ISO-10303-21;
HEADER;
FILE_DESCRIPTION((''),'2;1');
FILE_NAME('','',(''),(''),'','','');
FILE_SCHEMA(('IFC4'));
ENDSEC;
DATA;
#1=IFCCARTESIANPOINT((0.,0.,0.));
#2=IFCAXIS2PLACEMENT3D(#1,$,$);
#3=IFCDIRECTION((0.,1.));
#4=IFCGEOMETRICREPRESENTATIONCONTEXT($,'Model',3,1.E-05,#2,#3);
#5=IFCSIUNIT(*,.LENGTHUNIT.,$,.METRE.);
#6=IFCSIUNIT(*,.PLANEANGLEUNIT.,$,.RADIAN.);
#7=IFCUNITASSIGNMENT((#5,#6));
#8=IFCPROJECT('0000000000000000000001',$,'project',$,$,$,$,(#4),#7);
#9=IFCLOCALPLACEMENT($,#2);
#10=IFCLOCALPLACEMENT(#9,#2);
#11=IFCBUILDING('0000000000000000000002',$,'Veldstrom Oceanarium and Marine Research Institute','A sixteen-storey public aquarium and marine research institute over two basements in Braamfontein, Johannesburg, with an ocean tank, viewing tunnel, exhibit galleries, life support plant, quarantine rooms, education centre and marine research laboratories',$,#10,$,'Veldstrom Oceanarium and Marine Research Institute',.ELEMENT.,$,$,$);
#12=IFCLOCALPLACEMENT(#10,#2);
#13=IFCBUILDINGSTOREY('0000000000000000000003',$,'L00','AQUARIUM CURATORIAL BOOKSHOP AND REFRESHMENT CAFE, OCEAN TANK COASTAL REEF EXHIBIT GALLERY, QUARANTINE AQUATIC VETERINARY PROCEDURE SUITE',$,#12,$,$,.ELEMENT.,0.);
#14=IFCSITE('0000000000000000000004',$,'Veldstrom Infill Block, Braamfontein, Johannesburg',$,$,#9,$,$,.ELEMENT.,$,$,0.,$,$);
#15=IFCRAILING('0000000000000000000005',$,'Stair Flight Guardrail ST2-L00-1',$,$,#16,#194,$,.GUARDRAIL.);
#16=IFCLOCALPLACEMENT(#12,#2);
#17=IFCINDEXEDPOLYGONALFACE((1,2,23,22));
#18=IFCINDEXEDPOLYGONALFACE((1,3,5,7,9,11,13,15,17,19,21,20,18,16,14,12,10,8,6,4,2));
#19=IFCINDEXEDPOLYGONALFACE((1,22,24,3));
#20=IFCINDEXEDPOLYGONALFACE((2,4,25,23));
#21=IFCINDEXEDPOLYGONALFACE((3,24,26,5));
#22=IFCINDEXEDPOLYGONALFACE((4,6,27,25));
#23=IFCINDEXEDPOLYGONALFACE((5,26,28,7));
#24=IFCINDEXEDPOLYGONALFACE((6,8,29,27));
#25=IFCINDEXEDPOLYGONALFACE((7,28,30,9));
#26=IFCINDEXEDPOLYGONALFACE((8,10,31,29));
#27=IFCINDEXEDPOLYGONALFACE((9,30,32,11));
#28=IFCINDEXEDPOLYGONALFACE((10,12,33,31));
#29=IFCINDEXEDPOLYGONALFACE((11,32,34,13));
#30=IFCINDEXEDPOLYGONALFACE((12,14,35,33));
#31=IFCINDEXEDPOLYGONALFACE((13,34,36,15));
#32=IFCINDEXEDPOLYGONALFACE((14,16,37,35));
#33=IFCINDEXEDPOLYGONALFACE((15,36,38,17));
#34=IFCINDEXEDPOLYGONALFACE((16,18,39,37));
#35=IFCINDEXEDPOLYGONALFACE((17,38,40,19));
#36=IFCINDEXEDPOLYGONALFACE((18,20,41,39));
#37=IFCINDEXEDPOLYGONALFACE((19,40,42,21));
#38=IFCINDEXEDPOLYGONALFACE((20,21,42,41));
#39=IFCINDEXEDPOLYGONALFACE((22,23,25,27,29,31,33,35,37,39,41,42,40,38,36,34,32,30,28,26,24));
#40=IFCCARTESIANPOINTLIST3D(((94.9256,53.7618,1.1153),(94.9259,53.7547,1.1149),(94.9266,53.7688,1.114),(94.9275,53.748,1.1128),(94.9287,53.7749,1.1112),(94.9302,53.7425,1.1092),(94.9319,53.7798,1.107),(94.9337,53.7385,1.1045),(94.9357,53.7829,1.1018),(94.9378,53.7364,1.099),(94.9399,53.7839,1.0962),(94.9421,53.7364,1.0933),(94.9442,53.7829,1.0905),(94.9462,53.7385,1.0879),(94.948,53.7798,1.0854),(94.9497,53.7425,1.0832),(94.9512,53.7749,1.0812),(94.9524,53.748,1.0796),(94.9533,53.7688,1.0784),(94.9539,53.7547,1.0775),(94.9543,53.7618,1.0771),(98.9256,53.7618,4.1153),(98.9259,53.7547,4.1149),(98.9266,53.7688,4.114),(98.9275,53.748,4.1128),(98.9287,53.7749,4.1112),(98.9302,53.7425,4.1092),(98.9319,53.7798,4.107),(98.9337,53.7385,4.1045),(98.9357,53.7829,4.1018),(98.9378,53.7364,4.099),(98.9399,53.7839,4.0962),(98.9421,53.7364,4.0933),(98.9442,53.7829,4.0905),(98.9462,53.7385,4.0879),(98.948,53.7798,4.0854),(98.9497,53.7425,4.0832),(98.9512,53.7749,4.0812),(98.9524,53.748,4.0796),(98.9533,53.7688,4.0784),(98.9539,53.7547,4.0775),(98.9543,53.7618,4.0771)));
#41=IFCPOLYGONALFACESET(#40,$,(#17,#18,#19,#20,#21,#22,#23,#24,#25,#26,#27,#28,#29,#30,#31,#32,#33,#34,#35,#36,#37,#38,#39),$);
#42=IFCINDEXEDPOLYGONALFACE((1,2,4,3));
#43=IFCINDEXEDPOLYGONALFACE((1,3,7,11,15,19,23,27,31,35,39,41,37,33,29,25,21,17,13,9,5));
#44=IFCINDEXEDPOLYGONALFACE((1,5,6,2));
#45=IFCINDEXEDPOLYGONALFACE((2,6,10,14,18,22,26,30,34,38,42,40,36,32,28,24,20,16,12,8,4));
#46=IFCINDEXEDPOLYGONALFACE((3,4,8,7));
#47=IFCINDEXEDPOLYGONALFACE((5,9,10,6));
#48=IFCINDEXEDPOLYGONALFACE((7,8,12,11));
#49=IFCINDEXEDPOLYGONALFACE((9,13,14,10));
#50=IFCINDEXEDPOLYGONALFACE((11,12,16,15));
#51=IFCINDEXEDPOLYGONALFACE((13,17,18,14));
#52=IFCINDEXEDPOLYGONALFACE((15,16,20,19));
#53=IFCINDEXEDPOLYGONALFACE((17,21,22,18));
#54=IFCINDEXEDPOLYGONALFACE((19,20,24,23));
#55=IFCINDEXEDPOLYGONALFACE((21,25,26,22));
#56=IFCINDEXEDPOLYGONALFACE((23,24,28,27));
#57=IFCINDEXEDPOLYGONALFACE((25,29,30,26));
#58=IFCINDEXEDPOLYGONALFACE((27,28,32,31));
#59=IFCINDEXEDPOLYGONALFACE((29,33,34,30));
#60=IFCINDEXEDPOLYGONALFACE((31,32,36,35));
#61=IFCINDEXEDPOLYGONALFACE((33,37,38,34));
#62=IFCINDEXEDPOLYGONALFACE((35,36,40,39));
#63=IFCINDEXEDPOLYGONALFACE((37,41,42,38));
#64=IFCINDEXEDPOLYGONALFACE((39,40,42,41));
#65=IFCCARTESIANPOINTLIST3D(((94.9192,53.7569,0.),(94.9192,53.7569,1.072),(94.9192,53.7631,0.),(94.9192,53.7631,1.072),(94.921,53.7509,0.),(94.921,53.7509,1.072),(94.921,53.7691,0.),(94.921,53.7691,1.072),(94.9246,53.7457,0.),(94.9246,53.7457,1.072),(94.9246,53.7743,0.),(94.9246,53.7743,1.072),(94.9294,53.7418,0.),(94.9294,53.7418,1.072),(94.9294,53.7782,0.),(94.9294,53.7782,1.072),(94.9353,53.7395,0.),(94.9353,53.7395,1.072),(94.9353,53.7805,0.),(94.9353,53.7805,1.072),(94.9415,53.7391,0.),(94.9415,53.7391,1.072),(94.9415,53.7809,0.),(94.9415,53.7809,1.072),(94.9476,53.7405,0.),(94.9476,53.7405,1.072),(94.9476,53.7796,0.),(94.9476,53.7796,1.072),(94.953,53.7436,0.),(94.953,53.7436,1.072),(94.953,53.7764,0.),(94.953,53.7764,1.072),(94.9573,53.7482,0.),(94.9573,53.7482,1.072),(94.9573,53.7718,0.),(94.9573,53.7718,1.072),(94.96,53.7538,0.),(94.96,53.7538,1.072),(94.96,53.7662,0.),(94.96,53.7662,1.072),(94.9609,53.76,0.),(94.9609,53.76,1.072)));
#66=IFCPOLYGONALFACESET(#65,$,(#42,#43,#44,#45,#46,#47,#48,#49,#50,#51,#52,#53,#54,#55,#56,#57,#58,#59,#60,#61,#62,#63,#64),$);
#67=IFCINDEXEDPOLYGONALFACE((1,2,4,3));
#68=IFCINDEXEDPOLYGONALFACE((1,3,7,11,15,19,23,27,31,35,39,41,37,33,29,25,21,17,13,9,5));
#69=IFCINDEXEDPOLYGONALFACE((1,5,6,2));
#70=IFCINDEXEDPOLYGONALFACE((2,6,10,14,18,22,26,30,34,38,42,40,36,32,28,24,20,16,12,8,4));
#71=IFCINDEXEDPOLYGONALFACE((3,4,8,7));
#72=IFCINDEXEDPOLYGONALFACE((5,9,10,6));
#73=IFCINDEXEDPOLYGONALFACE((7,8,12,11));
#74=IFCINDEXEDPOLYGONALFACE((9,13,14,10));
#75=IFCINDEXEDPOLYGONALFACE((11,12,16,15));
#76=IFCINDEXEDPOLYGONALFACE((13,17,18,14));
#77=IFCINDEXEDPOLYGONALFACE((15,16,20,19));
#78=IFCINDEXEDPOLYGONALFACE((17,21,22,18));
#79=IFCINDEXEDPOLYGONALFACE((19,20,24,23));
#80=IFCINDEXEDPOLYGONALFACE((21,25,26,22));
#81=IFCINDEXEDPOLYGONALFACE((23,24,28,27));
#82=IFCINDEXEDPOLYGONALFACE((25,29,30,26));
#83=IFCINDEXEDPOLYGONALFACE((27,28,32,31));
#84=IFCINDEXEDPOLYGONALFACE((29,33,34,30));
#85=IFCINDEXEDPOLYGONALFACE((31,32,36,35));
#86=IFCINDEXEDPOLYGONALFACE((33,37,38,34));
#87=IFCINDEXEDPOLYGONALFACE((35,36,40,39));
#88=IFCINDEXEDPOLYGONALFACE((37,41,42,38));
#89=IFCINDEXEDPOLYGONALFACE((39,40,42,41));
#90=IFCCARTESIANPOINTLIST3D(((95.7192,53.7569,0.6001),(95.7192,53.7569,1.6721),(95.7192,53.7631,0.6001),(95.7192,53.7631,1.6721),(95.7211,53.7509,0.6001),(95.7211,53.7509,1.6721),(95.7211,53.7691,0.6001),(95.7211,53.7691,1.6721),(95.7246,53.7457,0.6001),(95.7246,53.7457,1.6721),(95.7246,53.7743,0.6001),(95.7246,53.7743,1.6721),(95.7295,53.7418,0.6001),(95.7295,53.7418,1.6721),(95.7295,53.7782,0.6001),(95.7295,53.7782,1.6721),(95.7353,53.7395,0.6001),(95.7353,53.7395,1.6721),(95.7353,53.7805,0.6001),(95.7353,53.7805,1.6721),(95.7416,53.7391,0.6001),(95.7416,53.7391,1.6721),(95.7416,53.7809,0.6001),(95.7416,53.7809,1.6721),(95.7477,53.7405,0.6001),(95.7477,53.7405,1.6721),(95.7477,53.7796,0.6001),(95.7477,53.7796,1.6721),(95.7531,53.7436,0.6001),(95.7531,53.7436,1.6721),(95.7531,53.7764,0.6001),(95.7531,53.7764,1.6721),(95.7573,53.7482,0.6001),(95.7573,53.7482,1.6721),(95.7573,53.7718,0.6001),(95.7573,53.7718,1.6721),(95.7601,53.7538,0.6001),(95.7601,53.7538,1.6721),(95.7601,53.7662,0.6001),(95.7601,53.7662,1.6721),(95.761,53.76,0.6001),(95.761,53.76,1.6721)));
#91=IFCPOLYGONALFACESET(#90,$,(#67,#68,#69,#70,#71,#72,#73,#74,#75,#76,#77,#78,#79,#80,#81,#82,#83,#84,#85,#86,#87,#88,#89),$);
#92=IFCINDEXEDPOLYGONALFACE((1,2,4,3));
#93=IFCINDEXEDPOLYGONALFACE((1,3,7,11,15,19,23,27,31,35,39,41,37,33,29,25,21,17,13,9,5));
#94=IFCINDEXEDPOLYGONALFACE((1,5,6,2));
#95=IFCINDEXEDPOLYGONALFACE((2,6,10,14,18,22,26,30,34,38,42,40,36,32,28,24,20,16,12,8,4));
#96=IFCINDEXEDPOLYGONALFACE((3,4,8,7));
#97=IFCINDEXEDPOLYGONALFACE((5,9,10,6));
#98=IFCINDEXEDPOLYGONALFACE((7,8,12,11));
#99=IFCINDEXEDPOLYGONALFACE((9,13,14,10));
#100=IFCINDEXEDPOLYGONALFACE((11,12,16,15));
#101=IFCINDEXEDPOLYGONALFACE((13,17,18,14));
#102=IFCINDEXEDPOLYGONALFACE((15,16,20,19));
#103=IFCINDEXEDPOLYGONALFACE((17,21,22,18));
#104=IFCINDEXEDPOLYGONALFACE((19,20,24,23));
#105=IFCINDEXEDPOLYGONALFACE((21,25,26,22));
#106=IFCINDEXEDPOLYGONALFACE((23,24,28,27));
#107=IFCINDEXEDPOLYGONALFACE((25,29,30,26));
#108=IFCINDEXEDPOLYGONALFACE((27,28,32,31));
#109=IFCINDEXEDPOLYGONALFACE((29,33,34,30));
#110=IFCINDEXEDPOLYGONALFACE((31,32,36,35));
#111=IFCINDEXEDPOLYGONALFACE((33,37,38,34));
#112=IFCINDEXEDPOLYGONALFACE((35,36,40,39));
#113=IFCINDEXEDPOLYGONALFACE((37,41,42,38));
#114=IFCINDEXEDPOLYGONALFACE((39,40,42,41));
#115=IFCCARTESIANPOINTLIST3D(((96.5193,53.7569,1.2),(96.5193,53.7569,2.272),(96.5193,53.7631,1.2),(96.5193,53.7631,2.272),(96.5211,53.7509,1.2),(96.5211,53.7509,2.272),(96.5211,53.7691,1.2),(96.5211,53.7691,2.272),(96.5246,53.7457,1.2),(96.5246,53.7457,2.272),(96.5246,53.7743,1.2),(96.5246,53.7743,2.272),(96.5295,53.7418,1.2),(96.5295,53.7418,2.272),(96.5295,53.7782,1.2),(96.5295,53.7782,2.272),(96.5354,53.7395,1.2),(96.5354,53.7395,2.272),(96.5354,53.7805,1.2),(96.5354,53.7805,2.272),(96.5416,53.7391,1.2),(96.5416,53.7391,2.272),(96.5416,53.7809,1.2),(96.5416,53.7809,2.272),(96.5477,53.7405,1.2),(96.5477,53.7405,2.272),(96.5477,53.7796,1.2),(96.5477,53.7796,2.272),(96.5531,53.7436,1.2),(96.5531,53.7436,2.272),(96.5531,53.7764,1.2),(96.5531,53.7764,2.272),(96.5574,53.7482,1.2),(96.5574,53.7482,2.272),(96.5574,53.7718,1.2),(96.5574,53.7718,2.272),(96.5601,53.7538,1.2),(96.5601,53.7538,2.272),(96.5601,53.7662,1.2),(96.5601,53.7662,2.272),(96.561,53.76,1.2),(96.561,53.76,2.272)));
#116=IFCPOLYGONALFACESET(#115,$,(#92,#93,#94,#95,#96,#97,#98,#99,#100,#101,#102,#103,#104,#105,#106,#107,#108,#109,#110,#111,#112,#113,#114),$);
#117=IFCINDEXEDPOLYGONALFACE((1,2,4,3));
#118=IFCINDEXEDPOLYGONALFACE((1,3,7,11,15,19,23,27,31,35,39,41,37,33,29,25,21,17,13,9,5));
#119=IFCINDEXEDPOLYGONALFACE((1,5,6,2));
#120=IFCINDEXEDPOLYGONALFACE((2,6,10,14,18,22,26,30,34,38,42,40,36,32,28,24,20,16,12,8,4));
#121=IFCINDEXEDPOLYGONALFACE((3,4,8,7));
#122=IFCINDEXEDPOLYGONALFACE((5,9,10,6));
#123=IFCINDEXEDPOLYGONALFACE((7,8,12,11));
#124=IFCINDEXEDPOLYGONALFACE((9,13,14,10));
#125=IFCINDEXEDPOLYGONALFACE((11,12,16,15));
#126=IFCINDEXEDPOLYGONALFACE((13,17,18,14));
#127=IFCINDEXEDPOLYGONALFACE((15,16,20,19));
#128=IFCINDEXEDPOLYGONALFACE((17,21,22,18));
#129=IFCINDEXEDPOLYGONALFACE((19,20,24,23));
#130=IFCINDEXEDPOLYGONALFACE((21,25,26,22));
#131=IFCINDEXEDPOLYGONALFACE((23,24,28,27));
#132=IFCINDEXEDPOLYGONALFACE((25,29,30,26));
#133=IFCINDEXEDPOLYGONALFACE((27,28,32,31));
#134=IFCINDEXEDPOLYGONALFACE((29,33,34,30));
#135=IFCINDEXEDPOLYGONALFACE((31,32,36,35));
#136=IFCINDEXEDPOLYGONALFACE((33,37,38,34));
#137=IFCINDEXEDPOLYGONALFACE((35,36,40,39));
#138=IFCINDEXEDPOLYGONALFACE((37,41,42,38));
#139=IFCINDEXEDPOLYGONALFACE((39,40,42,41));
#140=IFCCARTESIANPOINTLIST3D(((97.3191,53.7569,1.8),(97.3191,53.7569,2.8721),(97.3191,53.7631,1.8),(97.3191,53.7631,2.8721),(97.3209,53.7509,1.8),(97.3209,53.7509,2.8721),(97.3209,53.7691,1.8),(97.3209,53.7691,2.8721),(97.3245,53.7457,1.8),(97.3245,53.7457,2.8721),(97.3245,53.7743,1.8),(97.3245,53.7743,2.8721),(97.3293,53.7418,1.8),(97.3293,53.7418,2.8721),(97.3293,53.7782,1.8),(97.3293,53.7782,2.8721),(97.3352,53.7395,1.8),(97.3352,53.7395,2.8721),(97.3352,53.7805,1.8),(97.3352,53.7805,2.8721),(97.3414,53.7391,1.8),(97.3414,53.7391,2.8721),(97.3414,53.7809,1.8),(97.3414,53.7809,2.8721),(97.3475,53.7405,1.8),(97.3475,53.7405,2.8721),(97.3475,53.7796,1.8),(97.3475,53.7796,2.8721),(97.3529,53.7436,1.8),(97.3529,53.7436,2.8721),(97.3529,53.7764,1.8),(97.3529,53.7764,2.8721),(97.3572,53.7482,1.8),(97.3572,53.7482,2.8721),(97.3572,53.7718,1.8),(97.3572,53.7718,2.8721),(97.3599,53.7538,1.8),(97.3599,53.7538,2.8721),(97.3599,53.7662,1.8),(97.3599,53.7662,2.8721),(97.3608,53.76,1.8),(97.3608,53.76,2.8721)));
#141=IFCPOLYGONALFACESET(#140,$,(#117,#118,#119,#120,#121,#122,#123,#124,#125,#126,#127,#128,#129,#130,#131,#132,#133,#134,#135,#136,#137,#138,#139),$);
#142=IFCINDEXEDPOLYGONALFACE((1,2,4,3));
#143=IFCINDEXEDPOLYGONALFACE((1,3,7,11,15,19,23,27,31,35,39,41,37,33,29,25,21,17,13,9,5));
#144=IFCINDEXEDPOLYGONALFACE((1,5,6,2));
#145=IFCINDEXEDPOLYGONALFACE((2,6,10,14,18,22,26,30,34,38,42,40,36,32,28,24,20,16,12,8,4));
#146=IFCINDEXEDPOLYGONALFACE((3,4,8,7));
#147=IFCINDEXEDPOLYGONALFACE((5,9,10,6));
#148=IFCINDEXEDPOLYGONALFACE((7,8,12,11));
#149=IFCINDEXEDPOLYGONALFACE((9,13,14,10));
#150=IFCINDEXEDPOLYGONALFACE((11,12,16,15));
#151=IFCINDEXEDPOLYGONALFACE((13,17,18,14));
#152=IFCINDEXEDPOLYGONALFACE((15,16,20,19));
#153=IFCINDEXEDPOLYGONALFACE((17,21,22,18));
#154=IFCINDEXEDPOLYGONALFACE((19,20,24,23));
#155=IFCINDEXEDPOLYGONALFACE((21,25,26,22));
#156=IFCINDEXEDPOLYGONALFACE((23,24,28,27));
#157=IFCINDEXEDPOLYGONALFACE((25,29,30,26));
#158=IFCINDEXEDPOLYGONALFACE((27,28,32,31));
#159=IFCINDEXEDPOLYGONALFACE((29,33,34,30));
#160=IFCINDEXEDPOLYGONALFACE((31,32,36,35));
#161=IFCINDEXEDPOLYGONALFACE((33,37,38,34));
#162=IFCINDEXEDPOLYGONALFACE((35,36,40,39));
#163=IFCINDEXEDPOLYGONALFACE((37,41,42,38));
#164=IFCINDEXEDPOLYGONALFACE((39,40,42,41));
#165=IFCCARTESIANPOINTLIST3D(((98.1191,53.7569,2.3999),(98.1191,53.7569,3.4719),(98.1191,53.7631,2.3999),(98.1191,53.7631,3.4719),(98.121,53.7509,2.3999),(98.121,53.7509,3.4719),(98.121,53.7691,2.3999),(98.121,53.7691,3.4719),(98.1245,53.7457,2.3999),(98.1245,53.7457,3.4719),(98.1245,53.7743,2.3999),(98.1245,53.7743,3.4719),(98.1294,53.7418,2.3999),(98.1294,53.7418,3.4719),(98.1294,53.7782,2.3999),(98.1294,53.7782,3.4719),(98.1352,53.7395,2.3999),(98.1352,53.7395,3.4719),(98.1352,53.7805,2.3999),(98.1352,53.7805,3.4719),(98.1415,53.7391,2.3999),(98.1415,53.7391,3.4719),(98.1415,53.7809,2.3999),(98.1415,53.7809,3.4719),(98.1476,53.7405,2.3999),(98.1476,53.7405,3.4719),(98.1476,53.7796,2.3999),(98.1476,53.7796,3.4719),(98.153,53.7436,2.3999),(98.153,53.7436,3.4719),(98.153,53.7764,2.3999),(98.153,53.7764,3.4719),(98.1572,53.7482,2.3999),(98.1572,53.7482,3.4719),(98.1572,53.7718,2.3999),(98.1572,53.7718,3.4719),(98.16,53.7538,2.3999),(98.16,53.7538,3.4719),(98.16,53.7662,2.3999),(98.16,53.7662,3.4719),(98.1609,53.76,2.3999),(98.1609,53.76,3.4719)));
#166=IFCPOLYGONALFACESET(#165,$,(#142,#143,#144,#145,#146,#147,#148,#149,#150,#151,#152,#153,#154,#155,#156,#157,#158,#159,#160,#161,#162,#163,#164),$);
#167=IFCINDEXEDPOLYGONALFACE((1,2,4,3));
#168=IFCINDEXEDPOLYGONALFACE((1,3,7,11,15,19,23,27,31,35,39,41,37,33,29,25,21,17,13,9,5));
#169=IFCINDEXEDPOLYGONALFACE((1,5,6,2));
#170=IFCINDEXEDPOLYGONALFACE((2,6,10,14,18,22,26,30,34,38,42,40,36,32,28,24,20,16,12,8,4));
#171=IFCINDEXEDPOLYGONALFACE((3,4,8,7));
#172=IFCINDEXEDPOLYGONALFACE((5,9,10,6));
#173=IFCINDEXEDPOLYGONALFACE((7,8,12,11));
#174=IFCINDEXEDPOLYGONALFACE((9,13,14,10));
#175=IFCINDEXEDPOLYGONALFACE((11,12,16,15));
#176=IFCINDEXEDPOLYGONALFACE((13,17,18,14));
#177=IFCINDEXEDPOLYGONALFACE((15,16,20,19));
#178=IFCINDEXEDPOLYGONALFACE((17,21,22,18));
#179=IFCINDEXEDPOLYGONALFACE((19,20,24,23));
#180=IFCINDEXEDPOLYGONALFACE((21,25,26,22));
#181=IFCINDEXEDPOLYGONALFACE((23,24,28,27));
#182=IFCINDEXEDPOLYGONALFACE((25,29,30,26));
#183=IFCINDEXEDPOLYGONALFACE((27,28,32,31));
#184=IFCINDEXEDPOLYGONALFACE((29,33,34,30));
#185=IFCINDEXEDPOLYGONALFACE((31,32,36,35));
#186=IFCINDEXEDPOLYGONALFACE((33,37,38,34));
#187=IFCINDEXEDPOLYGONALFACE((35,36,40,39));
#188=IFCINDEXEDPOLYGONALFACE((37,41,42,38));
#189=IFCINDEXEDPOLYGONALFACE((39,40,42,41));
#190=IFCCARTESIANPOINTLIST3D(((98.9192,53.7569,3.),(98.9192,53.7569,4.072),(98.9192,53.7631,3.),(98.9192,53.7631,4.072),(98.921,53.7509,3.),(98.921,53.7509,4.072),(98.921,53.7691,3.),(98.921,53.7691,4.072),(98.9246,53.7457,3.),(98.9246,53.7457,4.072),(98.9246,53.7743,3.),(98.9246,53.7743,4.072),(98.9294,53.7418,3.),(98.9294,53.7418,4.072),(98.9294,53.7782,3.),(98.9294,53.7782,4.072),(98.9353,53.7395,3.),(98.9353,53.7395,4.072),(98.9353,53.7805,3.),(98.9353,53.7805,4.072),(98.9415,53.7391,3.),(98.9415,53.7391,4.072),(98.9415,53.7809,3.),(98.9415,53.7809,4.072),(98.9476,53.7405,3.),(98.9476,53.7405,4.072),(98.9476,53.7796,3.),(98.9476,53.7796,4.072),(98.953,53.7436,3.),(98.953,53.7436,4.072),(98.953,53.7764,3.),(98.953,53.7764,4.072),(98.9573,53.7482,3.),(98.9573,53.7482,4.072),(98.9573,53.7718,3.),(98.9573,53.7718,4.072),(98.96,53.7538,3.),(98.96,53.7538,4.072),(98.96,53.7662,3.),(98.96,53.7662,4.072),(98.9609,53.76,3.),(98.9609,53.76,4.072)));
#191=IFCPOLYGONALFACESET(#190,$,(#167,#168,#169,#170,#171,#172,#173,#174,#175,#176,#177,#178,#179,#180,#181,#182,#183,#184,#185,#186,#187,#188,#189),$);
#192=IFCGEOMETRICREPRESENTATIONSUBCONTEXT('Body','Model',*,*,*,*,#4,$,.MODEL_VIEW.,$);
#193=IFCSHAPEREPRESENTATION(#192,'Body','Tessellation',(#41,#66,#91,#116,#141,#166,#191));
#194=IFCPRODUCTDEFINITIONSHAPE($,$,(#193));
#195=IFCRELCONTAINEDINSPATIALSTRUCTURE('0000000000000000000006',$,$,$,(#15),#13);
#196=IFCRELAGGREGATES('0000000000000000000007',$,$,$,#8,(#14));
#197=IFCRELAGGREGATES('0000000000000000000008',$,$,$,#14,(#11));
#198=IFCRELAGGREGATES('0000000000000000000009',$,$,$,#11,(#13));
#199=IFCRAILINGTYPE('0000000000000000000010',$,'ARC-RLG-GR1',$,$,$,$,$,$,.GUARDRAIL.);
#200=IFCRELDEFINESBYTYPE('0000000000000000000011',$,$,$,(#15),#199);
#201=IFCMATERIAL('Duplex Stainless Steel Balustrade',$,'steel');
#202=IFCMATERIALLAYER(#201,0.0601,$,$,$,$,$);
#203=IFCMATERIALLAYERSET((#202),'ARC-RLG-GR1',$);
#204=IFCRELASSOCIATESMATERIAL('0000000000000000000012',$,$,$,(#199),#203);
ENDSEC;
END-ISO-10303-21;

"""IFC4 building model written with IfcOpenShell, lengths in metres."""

from ifc_helpers import new_model, si_unit, direction, frame, origin, origin_2d, place, context, subcontext, project, spatial, circle, extrude, material, layer, layer_set, type_object, element, save


model = new_model("IFC4")

# Units and contexts
model_context = context("Model", 3, precision=1e-05, world=origin(), true_north=direction((0.0, 1.0)))
body_context = subcontext(model_context, "Body", "Model", "MODEL_VIEW")
ifc_project = project(units=[si_unit("LENGTHUNIT", "METRE"), si_unit("PLANEANGLEUNIT", "RADIAN")], contexts=[model_context])

# Site, building, storey
site_placement = place(None, origin())
site = spatial("IfcSite", under=ifc_project, at=site_placement, Name="Veldstrom Infill Block, Braamfontein, Johannesburg", CompositionType="ELEMENT", RefElevation=0.0)
building_placement = place(site_placement, origin())
building = spatial("IfcBuilding", under=site, at=building_placement, Name="Veldstrom Oceanarium and Marine Research Institute", Description="A sixteen-storey public aquarium and marine research institute over two basements in Braamfontein, Johannesburg, with an ocean tank, viewing tunnel, exhibit galleries, life support plant, quarantine rooms, education centre and marine research laboratories", LongName="Veldstrom Oceanarium and Marine Research Institute", CompositionType="ELEMENT")
storey_placement = place(building_placement, origin())
storey = spatial("IfcBuildingStorey", under=building, at=storey_placement, Name="L00", Description="AQUARIUM CURATORIAL BOOKSHOP AND REFRESHMENT CAFE, OCEAN TANK COASTAL REEF EXHIBIT GALLERY, QUARANTINE AQUATIC VETERINARY PROCEDURE SUITE", CompositionType="ELEMENT", Elevation=0.0)

# Railing
ifc_material_1 = material(Name="Duplex Stainless Steel Balustrade", Category="steel")
ifc_layer_1 = layer(ifc_material_1, 0.0601)
ifc_layer_set_1 = layer_set([ifc_layer_1], Name="ARC-RLG-GR1")
railing_type_1 = type_object("IfcRailingType", Name="ARC-RLG-GR1", PredefinedType="GUARDRAIL", material=ifc_layer_set_1)
railing_1_placement = place(storey_placement, frame((94.9399, 53.76, 0.0)))
element("IfcRailing", 1, at=railing_1_placement, inside=storey, type_object=railing_type_1, Name="Stair Flight Guardrail ST2-L00-1", PredefinedType="GUARDRAIL", context=body_context, shape_type="SweptSolid", body=[
    extrude(circle(Radius=0.0239, at=origin_2d()), frame((0.0, 0.0, 1.0962), z_axis=(0.8, 0.0, 0.6), x_axis=(0.0, 1.0, 0.0)), (0.0, 0.0, 1.0), 5.0),
    extrude(circle(Radius=0.021, at=origin_2d()), origin(), (0.0, 0.0, 1.0), 1.072),
    extrude(circle(Radius=0.021, at=origin_2d()), frame((0.8, 0.0, 0.6001)), (0.0, 0.0, 1.0), 1.072),
    extrude(circle(Radius=0.021, at=origin_2d()), frame((1.6001, 0.0, 1.2)), (0.0, 0.0, 1.0), 1.072),
    extrude(circle(Radius=0.021, at=origin_2d()), frame((2.3999, 0.0, 1.8)), (0.0, 0.0, 1.0), 1.072),
    extrude(circle(Radius=0.021, at=origin_2d()), frame((3.2, 0.0, 2.3999)), (0.0, 0.0, 1.0), 1.072),
    extrude(circle(Radius=0.021, at=origin_2d()), frame((4.0, 0.0, 3.0)), (0.0, 0.0, 1.0), 1.072),
])

save(model, "model.ifc")
